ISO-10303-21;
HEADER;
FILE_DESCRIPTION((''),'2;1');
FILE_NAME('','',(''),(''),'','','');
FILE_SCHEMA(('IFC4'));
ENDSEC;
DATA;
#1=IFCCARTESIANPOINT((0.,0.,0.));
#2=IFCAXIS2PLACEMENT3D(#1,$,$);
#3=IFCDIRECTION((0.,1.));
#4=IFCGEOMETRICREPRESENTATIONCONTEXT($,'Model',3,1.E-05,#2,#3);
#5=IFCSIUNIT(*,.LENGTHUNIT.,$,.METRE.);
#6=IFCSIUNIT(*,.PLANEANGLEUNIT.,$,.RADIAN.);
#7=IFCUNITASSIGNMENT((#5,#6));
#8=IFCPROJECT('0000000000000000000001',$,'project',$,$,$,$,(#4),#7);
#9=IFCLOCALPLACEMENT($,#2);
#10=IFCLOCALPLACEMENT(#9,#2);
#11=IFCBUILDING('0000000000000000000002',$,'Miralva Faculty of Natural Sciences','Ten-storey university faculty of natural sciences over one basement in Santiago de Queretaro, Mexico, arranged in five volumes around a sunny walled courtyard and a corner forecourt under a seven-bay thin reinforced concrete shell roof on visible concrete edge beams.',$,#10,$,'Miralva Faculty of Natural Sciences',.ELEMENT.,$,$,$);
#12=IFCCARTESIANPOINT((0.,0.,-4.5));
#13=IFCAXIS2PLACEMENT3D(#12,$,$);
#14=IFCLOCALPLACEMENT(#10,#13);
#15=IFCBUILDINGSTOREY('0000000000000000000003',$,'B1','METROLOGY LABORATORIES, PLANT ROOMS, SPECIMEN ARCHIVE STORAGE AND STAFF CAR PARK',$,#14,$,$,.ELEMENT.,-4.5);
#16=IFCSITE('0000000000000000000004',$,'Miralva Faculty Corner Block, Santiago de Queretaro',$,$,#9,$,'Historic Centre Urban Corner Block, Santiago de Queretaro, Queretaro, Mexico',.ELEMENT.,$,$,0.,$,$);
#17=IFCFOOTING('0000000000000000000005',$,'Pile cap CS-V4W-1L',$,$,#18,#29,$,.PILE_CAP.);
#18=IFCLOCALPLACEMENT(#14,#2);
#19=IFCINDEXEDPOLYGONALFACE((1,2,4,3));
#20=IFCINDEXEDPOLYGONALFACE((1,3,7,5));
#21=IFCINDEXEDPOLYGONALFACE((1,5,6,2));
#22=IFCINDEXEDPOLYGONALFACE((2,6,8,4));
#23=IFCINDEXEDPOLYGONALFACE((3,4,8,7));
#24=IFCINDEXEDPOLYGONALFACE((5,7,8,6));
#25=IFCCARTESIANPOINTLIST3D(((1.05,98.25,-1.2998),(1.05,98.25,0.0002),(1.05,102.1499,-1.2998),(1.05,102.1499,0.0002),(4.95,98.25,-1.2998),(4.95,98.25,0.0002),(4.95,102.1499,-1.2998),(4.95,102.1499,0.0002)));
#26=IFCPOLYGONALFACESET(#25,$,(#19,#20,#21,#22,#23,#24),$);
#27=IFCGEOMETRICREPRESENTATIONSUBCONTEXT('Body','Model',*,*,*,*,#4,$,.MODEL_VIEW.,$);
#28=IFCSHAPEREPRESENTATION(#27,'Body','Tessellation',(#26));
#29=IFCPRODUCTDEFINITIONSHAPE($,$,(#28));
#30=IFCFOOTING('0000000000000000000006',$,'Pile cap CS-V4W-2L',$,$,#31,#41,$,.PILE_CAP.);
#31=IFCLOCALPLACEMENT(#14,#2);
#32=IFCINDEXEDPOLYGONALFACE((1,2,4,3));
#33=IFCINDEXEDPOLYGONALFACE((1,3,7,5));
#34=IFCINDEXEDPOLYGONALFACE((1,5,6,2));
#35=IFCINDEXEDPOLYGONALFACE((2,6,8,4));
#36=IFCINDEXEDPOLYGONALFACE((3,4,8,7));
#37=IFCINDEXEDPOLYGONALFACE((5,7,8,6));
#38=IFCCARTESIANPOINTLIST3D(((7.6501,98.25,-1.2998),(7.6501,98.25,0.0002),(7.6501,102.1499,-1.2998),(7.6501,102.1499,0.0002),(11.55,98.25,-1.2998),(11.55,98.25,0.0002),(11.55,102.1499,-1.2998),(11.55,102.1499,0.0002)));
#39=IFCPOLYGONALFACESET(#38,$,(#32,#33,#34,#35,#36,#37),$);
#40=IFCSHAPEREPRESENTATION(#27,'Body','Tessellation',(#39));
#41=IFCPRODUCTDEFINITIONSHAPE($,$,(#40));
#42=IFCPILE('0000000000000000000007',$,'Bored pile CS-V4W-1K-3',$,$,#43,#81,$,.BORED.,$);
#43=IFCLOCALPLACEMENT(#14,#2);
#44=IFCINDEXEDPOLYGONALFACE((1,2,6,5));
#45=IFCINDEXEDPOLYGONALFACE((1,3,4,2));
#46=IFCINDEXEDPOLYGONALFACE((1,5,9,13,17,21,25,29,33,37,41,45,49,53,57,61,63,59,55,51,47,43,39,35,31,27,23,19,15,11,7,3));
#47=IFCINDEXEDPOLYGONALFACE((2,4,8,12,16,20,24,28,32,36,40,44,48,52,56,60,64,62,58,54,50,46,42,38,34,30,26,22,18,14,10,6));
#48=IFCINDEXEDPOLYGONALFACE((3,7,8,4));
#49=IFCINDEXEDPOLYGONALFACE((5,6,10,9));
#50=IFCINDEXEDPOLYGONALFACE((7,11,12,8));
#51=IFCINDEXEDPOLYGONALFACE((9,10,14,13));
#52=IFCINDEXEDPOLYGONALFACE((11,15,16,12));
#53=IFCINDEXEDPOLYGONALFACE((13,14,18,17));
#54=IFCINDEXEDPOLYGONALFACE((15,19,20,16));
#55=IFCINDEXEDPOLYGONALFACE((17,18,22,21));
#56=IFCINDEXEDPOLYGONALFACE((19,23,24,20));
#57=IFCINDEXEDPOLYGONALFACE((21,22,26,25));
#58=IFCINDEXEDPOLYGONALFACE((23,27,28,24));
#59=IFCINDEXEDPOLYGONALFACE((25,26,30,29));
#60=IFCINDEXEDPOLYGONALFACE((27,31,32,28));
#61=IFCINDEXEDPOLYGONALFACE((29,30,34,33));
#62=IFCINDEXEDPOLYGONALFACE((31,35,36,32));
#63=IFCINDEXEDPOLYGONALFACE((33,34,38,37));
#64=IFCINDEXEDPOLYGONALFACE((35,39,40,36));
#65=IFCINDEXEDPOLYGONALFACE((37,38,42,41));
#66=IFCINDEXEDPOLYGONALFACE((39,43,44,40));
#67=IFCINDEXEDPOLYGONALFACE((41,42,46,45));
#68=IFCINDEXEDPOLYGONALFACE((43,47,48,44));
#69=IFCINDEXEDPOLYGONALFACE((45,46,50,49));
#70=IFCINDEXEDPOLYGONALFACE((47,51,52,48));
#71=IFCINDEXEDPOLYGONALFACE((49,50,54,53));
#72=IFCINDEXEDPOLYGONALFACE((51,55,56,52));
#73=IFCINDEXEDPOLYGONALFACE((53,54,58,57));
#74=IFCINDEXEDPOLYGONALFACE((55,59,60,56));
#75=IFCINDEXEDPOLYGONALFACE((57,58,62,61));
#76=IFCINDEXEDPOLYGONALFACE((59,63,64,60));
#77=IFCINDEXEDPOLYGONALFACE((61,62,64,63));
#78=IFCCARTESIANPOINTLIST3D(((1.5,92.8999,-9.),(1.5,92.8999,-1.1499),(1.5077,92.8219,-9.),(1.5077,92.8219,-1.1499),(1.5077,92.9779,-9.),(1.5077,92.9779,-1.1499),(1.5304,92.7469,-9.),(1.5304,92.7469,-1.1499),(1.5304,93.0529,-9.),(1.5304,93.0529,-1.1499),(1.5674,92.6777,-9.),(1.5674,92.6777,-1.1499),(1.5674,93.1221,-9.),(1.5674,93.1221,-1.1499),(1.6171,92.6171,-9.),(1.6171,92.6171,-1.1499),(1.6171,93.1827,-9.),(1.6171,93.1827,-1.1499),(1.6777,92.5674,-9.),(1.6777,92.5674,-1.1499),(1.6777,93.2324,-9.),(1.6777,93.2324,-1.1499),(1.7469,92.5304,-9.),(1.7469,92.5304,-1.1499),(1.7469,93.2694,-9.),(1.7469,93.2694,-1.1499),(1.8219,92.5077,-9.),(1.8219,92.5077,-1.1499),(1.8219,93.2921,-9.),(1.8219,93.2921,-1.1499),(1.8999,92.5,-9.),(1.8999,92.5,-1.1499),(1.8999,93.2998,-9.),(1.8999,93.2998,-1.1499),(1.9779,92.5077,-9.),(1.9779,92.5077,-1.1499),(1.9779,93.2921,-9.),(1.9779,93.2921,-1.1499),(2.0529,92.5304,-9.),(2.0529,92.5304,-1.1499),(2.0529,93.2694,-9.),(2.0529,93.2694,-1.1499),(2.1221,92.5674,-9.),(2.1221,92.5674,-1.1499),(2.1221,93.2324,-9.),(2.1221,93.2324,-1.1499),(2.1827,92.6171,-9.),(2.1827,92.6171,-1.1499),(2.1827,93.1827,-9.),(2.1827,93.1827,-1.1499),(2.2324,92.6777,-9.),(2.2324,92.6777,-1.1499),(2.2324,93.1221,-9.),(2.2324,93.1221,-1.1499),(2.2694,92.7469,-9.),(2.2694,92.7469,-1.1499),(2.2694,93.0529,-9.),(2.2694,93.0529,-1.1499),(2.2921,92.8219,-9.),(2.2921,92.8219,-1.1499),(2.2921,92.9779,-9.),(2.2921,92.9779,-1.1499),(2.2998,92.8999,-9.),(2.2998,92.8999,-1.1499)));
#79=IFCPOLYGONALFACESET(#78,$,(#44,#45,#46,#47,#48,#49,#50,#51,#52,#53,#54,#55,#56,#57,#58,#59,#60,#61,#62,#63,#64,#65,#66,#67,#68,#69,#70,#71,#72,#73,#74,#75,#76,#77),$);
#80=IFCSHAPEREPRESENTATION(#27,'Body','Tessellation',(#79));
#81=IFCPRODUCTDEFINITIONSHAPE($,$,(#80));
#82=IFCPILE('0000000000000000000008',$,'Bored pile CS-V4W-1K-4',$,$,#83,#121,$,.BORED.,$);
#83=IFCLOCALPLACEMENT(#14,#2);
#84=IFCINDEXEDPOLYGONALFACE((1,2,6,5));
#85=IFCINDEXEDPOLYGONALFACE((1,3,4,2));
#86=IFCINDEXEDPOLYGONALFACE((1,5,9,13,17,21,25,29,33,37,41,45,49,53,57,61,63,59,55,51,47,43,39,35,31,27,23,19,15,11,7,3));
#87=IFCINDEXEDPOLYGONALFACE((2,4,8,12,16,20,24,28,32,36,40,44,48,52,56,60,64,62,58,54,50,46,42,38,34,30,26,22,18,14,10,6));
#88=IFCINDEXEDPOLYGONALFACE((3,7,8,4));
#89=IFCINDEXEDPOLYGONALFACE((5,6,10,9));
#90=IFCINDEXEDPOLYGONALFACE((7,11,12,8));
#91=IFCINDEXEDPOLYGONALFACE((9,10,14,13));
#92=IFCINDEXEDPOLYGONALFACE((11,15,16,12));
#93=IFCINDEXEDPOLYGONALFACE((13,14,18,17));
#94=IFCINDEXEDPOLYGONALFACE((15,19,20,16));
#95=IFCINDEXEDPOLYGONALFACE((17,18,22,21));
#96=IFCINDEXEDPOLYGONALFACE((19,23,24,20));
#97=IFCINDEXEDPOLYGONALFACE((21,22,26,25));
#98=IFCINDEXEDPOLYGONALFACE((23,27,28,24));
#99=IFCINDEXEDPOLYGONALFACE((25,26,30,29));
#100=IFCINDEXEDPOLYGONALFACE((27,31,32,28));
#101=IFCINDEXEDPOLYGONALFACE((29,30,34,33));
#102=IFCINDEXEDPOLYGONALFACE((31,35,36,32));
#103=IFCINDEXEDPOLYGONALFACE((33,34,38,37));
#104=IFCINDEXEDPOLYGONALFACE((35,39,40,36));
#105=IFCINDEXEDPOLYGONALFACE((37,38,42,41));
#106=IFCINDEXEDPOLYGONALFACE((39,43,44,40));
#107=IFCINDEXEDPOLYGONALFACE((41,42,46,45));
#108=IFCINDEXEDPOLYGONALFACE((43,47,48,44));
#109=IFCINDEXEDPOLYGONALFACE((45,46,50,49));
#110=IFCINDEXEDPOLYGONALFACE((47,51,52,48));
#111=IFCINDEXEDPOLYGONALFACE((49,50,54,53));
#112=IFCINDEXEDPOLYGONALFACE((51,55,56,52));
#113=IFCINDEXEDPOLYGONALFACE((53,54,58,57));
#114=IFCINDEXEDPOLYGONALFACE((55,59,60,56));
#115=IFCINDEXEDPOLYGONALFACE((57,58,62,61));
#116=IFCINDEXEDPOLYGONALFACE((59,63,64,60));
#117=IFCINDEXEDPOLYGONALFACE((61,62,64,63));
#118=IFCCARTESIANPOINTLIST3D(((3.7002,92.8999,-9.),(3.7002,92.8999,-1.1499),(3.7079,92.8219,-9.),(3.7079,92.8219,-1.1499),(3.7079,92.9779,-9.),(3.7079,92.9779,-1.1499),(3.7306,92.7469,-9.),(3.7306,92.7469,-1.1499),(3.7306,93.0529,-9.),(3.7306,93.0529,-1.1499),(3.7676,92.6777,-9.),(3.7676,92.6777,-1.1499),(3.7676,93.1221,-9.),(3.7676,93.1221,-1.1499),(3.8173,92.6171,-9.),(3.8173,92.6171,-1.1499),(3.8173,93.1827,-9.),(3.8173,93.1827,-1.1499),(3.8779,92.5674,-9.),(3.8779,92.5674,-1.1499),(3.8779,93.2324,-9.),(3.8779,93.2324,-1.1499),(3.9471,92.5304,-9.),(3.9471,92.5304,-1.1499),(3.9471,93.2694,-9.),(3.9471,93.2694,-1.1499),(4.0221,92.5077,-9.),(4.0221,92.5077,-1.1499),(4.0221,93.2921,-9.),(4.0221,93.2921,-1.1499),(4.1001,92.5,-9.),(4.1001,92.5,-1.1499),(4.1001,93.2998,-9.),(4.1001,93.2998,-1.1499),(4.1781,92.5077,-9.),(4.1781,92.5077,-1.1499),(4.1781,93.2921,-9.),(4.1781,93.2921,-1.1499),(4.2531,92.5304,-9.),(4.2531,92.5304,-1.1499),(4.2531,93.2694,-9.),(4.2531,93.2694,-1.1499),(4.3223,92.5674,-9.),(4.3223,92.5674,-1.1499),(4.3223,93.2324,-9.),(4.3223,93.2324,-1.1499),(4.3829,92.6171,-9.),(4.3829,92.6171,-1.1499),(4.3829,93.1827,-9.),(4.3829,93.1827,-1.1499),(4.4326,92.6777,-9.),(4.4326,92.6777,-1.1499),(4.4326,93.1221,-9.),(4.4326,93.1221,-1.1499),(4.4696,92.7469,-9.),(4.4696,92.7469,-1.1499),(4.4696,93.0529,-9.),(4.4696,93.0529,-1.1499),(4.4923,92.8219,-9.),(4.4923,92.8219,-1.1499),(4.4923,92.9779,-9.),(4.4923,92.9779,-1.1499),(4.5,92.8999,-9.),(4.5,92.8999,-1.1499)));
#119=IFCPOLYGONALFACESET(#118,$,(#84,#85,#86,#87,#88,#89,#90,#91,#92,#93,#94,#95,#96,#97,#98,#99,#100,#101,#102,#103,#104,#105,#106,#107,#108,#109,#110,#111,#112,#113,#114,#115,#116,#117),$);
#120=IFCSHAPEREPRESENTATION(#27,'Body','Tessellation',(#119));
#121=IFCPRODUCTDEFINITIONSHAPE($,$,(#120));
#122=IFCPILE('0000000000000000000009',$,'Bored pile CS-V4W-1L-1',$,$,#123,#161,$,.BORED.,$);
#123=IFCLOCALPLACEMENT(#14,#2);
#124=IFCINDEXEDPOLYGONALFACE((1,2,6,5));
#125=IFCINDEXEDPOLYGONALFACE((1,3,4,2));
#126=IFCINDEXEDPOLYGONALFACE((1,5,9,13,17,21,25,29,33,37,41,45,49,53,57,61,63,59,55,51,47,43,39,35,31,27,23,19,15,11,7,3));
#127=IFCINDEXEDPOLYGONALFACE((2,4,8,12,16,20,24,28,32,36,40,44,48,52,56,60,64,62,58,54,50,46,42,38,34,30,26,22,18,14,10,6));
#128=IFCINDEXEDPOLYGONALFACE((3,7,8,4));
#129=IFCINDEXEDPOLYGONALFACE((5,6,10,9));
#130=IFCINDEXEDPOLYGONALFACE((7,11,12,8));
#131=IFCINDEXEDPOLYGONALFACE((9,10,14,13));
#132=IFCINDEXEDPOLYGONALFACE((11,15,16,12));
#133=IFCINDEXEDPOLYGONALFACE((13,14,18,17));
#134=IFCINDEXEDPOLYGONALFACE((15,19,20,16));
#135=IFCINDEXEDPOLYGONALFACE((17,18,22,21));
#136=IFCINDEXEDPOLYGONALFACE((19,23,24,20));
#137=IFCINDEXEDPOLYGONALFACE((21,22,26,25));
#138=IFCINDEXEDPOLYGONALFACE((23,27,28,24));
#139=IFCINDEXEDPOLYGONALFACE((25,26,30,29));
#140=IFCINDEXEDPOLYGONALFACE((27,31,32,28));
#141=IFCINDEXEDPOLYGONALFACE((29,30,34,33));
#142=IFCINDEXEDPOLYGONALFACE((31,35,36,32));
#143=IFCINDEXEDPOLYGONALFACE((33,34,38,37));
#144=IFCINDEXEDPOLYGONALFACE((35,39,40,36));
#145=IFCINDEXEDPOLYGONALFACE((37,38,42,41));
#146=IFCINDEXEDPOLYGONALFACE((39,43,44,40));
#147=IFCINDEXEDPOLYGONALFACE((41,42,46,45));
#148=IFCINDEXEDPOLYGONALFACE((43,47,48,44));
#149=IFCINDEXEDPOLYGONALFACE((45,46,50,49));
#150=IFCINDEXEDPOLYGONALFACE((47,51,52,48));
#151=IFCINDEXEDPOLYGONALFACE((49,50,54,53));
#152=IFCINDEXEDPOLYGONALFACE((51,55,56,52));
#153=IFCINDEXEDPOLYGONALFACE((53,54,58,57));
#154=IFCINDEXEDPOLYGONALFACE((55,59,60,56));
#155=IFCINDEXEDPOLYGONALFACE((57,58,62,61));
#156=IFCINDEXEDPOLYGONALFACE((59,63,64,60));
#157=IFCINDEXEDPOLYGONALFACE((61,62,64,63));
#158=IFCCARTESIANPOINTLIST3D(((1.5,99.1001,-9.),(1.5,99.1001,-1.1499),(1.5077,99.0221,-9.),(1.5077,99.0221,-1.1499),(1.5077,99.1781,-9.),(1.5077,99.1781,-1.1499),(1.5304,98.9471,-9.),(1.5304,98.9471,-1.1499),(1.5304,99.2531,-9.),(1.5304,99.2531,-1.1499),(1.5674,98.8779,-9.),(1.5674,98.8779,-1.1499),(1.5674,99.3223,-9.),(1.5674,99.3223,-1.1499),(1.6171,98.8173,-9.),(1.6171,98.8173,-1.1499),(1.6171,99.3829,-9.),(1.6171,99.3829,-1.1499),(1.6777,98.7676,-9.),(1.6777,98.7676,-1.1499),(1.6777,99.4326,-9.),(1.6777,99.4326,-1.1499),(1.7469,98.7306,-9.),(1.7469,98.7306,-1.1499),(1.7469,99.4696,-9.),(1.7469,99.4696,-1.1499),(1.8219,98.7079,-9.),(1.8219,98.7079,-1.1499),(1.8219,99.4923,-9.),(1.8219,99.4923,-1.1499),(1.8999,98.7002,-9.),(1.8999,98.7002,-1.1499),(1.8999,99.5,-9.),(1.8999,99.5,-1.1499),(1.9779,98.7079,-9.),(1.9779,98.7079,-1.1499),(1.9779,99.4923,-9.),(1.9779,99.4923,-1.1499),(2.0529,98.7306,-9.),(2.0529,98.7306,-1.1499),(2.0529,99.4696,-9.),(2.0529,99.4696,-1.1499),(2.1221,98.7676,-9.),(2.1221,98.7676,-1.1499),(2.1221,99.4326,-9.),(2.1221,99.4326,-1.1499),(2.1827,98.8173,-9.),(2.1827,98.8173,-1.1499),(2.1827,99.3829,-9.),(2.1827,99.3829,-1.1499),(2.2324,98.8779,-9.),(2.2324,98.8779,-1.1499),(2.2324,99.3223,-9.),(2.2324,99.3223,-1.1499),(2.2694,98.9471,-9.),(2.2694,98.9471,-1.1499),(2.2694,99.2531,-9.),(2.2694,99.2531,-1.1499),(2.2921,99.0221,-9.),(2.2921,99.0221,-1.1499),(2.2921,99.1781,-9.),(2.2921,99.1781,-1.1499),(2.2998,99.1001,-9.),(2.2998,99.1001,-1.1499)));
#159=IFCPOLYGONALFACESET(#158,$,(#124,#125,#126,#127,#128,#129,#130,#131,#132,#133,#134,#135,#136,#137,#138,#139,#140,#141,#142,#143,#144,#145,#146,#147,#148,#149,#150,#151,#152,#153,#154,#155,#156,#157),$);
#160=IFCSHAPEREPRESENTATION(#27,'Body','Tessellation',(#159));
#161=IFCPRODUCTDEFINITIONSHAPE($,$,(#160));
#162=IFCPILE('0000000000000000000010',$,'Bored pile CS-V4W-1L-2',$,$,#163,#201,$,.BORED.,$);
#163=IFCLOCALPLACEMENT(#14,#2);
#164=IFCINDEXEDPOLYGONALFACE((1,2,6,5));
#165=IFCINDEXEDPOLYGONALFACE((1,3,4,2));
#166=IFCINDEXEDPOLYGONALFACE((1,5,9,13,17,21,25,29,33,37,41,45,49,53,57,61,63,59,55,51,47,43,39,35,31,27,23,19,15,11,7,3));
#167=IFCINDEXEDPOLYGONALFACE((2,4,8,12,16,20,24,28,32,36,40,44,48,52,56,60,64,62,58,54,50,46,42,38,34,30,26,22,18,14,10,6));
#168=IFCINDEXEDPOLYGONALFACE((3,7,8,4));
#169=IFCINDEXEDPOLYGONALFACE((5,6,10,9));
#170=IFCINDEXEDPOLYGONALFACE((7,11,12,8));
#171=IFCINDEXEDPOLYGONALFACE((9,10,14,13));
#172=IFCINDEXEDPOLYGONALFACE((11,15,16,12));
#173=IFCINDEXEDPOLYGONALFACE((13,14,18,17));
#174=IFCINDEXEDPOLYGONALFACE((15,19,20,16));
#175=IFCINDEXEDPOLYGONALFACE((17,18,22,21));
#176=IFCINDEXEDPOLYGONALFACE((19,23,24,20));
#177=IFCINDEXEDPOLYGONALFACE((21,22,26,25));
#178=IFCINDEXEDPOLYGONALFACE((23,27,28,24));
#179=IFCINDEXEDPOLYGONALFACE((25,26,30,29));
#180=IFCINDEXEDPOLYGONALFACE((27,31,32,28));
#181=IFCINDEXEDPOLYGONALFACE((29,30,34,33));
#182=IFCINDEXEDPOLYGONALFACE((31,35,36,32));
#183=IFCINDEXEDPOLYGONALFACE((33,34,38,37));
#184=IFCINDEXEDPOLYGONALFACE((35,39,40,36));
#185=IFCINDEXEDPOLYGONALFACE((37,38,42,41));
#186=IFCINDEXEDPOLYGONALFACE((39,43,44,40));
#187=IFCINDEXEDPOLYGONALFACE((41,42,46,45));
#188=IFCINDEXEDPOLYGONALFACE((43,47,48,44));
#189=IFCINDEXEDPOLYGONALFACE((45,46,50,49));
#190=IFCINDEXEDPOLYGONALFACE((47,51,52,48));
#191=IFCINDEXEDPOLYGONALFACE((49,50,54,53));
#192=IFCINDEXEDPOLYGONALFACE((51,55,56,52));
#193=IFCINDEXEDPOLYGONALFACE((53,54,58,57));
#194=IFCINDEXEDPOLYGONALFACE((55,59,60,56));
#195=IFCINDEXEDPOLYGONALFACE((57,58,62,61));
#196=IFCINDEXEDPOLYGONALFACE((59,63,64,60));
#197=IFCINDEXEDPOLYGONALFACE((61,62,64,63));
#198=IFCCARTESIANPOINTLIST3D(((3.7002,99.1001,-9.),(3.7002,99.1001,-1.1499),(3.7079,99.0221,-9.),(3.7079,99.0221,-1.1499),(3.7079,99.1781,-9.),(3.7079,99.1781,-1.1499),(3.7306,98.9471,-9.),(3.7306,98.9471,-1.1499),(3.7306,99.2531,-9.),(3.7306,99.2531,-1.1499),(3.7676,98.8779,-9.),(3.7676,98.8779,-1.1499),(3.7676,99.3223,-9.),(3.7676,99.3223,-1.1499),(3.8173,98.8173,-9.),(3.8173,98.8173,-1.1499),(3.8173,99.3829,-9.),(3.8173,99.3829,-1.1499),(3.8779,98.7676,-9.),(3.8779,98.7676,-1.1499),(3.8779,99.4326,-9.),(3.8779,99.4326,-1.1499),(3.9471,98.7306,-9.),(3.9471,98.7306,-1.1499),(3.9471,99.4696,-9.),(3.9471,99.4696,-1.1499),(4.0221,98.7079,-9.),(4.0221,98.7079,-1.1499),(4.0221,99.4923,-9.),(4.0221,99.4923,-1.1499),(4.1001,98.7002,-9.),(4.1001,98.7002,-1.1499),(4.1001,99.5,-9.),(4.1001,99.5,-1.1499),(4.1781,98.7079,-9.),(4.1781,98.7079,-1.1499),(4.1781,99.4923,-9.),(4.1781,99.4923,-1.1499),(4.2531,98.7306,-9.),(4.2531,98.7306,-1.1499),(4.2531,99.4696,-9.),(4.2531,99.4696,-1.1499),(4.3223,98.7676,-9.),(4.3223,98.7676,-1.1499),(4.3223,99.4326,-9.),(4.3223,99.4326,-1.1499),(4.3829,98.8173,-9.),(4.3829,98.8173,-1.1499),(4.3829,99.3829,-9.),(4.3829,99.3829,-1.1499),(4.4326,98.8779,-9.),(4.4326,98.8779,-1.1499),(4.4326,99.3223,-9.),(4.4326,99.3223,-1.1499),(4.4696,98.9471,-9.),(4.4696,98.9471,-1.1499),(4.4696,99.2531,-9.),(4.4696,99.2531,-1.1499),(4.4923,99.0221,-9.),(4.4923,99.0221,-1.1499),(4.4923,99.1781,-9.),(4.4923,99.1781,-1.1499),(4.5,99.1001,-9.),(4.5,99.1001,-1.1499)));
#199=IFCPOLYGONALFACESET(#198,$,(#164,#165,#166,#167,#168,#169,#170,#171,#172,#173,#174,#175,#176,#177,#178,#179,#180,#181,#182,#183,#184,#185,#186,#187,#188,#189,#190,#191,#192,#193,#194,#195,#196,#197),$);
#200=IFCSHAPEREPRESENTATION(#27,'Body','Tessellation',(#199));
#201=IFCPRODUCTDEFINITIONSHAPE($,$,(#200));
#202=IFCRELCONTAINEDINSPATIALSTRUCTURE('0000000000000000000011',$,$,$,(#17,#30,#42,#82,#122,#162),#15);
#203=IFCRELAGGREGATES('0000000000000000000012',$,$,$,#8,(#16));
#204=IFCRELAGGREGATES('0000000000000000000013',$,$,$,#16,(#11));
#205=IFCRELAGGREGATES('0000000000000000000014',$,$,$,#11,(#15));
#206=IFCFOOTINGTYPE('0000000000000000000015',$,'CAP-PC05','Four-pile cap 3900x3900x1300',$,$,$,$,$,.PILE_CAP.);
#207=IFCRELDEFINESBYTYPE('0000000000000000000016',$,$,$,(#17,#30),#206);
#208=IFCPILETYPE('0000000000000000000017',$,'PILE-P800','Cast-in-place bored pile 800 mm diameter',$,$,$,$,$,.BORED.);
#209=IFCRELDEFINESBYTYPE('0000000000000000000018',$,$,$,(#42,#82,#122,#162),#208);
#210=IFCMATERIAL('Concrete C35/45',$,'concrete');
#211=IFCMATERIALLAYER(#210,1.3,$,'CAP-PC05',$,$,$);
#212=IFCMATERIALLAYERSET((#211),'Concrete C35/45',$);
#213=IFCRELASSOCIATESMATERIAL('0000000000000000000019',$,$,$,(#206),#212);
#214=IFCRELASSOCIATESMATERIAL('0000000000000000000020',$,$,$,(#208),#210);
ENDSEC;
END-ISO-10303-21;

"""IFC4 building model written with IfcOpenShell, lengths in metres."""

from ifc_helpers import new_model, si_unit, direction, frame, origin, origin_2d, place, context, subcontext, project, spatial, rectangle, circle, extrude, material, layer, layer_set, material_profile, profile_set, type_object, element, save


model = new_model("IFC4")

# Units and contexts
model_context = context("Model", 3, precision=1e-05, world=origin(), true_north=direction((0.0, 1.0)))
body_context = subcontext(model_context, "Body", "Model", "MODEL_VIEW")
ifc_project = project(units=[si_unit("LENGTHUNIT", "METRE"), si_unit("PLANEANGLEUNIT", "RADIAN")], contexts=[model_context])

# Site, building, storey
site_placement = place(None, origin())
site = spatial("IfcSite", under=ifc_project, at=site_placement, Name="Miralva Faculty Corner Block, Santiago de Queretaro", LongName="Historic Centre Urban Corner Block, Santiago de Queretaro, Queretaro, Mexico", CompositionType="ELEMENT", RefElevation=0.0)
building_placement = place(site_placement, origin())
building = spatial("IfcBuilding", under=site, at=building_placement, Name="Miralva Faculty of Natural Sciences", Description="Ten-storey university faculty of natural sciences over one basement in Santiago de Queretaro, Mexico, arranged in five volumes around a sunny walled courtyard and a corner forecourt under a seven-bay thin reinforced concrete shell roof on visible concrete edge beams.", LongName="Miralva Faculty of Natural Sciences", CompositionType="ELEMENT")
storey_placement = place(building_placement, frame((0.0, 0.0, -4.5)))
storey = spatial("IfcBuildingStorey", under=building, at=storey_placement, Name="B1", Description="METROLOGY LABORATORIES, PLANT ROOMS, SPECIMEN ARCHIVE STORAGE AND STAFF CAR PARK", CompositionType="ELEMENT", Elevation=-4.5)

# Footings
ifc_material_1 = material(Name="Concrete C35/45", Category="concrete")
ifc_layer_1 = layer(ifc_material_1, 1.3, Name="CAP-PC05")
ifc_layer_set_1 = layer_set([ifc_layer_1], Name="Concrete C35/45")
footing_type_1 = type_object("IfcFootingType", Name="CAP-PC05", Description="Four-pile cap 3900x3900x1300", PredefinedType="PILE_CAP", material=ifc_layer_set_1)
for number, where, z_axis, x_axis, name in (
    (1, (3.0, 100.2, -1.2998), (0.0, 0.0, 1.0), (1.0, 0.0, 0.0), "Pile cap CS-V4W-1L"),
    (2, (9.6001, 100.2, -1.2998), (0.0, 0.0, 1.0), (1.0, 0.0, 0.0), "Pile cap CS-V4W-2L"),
):
    element("IfcFooting", number, at=place(storey_placement, frame(where, z_axis=z_axis, x_axis=x_axis)), inside=storey, type_object=footing_type_1, Name=name, PredefinedType="PILE_CAP", context=body_context, shape_type="SweptSolid", body=[
        extrude(rectangle(XDim=3.8999, YDim=3.8999, at=origin_2d()), origin(), (0.0, 0.0, 1.0), 1.3),
    ])

# Piles
ifc_material_profile_1 = material_profile(ifc_material_1, circle(Radius=0.3999, at=origin_2d()), Name="BORED PILE 800")
ifc_profile_set_1 = profile_set([ifc_material_profile_1], Name="Concrete C35/45")
pile_type = type_object("IfcPileType", Name="PILE-P800", Description="Cast-in-place bored pile 800 mm diameter", PredefinedType="BORED", material=ifc_profile_set_1)
for number, where, z_axis, x_axis, name in (
    (3, (1.8999, 92.8999, -1.1499), (0.0, 0.0, -1.0), (1.0, 0.0, 0.0), "Bored pile CS-V4W-1K-3"),
    (4, (4.1001, 92.8999, -1.1499), (0.0, 0.0, -1.0), (1.0, 0.0, 0.0), "Bored pile CS-V4W-1K-4"),
    (5, (1.8999, 99.1001, -1.1499), (0.0, 0.0, -1.0), (1.0, 0.0, 0.0), "Bored pile CS-V4W-1L-1"),
    (6, (4.1001, 99.1001, -1.1499), (0.0, 0.0, -1.0), (1.0, 0.0, 0.0), "Bored pile CS-V4W-1L-2"),
):
    element("IfcPile", number, at=place(storey_placement, frame(where, z_axis=z_axis, x_axis=x_axis)), inside=storey, type_object=pile_type, Name=name, PredefinedType="BORED", context=body_context, shape_type="SweptSolid", body=[
        extrude(circle(Radius=0.3999, at=origin_2d()), origin(), (0.0, 0.0, 1.0), 7.8501),
    ])

save(model, "model.ifc")
